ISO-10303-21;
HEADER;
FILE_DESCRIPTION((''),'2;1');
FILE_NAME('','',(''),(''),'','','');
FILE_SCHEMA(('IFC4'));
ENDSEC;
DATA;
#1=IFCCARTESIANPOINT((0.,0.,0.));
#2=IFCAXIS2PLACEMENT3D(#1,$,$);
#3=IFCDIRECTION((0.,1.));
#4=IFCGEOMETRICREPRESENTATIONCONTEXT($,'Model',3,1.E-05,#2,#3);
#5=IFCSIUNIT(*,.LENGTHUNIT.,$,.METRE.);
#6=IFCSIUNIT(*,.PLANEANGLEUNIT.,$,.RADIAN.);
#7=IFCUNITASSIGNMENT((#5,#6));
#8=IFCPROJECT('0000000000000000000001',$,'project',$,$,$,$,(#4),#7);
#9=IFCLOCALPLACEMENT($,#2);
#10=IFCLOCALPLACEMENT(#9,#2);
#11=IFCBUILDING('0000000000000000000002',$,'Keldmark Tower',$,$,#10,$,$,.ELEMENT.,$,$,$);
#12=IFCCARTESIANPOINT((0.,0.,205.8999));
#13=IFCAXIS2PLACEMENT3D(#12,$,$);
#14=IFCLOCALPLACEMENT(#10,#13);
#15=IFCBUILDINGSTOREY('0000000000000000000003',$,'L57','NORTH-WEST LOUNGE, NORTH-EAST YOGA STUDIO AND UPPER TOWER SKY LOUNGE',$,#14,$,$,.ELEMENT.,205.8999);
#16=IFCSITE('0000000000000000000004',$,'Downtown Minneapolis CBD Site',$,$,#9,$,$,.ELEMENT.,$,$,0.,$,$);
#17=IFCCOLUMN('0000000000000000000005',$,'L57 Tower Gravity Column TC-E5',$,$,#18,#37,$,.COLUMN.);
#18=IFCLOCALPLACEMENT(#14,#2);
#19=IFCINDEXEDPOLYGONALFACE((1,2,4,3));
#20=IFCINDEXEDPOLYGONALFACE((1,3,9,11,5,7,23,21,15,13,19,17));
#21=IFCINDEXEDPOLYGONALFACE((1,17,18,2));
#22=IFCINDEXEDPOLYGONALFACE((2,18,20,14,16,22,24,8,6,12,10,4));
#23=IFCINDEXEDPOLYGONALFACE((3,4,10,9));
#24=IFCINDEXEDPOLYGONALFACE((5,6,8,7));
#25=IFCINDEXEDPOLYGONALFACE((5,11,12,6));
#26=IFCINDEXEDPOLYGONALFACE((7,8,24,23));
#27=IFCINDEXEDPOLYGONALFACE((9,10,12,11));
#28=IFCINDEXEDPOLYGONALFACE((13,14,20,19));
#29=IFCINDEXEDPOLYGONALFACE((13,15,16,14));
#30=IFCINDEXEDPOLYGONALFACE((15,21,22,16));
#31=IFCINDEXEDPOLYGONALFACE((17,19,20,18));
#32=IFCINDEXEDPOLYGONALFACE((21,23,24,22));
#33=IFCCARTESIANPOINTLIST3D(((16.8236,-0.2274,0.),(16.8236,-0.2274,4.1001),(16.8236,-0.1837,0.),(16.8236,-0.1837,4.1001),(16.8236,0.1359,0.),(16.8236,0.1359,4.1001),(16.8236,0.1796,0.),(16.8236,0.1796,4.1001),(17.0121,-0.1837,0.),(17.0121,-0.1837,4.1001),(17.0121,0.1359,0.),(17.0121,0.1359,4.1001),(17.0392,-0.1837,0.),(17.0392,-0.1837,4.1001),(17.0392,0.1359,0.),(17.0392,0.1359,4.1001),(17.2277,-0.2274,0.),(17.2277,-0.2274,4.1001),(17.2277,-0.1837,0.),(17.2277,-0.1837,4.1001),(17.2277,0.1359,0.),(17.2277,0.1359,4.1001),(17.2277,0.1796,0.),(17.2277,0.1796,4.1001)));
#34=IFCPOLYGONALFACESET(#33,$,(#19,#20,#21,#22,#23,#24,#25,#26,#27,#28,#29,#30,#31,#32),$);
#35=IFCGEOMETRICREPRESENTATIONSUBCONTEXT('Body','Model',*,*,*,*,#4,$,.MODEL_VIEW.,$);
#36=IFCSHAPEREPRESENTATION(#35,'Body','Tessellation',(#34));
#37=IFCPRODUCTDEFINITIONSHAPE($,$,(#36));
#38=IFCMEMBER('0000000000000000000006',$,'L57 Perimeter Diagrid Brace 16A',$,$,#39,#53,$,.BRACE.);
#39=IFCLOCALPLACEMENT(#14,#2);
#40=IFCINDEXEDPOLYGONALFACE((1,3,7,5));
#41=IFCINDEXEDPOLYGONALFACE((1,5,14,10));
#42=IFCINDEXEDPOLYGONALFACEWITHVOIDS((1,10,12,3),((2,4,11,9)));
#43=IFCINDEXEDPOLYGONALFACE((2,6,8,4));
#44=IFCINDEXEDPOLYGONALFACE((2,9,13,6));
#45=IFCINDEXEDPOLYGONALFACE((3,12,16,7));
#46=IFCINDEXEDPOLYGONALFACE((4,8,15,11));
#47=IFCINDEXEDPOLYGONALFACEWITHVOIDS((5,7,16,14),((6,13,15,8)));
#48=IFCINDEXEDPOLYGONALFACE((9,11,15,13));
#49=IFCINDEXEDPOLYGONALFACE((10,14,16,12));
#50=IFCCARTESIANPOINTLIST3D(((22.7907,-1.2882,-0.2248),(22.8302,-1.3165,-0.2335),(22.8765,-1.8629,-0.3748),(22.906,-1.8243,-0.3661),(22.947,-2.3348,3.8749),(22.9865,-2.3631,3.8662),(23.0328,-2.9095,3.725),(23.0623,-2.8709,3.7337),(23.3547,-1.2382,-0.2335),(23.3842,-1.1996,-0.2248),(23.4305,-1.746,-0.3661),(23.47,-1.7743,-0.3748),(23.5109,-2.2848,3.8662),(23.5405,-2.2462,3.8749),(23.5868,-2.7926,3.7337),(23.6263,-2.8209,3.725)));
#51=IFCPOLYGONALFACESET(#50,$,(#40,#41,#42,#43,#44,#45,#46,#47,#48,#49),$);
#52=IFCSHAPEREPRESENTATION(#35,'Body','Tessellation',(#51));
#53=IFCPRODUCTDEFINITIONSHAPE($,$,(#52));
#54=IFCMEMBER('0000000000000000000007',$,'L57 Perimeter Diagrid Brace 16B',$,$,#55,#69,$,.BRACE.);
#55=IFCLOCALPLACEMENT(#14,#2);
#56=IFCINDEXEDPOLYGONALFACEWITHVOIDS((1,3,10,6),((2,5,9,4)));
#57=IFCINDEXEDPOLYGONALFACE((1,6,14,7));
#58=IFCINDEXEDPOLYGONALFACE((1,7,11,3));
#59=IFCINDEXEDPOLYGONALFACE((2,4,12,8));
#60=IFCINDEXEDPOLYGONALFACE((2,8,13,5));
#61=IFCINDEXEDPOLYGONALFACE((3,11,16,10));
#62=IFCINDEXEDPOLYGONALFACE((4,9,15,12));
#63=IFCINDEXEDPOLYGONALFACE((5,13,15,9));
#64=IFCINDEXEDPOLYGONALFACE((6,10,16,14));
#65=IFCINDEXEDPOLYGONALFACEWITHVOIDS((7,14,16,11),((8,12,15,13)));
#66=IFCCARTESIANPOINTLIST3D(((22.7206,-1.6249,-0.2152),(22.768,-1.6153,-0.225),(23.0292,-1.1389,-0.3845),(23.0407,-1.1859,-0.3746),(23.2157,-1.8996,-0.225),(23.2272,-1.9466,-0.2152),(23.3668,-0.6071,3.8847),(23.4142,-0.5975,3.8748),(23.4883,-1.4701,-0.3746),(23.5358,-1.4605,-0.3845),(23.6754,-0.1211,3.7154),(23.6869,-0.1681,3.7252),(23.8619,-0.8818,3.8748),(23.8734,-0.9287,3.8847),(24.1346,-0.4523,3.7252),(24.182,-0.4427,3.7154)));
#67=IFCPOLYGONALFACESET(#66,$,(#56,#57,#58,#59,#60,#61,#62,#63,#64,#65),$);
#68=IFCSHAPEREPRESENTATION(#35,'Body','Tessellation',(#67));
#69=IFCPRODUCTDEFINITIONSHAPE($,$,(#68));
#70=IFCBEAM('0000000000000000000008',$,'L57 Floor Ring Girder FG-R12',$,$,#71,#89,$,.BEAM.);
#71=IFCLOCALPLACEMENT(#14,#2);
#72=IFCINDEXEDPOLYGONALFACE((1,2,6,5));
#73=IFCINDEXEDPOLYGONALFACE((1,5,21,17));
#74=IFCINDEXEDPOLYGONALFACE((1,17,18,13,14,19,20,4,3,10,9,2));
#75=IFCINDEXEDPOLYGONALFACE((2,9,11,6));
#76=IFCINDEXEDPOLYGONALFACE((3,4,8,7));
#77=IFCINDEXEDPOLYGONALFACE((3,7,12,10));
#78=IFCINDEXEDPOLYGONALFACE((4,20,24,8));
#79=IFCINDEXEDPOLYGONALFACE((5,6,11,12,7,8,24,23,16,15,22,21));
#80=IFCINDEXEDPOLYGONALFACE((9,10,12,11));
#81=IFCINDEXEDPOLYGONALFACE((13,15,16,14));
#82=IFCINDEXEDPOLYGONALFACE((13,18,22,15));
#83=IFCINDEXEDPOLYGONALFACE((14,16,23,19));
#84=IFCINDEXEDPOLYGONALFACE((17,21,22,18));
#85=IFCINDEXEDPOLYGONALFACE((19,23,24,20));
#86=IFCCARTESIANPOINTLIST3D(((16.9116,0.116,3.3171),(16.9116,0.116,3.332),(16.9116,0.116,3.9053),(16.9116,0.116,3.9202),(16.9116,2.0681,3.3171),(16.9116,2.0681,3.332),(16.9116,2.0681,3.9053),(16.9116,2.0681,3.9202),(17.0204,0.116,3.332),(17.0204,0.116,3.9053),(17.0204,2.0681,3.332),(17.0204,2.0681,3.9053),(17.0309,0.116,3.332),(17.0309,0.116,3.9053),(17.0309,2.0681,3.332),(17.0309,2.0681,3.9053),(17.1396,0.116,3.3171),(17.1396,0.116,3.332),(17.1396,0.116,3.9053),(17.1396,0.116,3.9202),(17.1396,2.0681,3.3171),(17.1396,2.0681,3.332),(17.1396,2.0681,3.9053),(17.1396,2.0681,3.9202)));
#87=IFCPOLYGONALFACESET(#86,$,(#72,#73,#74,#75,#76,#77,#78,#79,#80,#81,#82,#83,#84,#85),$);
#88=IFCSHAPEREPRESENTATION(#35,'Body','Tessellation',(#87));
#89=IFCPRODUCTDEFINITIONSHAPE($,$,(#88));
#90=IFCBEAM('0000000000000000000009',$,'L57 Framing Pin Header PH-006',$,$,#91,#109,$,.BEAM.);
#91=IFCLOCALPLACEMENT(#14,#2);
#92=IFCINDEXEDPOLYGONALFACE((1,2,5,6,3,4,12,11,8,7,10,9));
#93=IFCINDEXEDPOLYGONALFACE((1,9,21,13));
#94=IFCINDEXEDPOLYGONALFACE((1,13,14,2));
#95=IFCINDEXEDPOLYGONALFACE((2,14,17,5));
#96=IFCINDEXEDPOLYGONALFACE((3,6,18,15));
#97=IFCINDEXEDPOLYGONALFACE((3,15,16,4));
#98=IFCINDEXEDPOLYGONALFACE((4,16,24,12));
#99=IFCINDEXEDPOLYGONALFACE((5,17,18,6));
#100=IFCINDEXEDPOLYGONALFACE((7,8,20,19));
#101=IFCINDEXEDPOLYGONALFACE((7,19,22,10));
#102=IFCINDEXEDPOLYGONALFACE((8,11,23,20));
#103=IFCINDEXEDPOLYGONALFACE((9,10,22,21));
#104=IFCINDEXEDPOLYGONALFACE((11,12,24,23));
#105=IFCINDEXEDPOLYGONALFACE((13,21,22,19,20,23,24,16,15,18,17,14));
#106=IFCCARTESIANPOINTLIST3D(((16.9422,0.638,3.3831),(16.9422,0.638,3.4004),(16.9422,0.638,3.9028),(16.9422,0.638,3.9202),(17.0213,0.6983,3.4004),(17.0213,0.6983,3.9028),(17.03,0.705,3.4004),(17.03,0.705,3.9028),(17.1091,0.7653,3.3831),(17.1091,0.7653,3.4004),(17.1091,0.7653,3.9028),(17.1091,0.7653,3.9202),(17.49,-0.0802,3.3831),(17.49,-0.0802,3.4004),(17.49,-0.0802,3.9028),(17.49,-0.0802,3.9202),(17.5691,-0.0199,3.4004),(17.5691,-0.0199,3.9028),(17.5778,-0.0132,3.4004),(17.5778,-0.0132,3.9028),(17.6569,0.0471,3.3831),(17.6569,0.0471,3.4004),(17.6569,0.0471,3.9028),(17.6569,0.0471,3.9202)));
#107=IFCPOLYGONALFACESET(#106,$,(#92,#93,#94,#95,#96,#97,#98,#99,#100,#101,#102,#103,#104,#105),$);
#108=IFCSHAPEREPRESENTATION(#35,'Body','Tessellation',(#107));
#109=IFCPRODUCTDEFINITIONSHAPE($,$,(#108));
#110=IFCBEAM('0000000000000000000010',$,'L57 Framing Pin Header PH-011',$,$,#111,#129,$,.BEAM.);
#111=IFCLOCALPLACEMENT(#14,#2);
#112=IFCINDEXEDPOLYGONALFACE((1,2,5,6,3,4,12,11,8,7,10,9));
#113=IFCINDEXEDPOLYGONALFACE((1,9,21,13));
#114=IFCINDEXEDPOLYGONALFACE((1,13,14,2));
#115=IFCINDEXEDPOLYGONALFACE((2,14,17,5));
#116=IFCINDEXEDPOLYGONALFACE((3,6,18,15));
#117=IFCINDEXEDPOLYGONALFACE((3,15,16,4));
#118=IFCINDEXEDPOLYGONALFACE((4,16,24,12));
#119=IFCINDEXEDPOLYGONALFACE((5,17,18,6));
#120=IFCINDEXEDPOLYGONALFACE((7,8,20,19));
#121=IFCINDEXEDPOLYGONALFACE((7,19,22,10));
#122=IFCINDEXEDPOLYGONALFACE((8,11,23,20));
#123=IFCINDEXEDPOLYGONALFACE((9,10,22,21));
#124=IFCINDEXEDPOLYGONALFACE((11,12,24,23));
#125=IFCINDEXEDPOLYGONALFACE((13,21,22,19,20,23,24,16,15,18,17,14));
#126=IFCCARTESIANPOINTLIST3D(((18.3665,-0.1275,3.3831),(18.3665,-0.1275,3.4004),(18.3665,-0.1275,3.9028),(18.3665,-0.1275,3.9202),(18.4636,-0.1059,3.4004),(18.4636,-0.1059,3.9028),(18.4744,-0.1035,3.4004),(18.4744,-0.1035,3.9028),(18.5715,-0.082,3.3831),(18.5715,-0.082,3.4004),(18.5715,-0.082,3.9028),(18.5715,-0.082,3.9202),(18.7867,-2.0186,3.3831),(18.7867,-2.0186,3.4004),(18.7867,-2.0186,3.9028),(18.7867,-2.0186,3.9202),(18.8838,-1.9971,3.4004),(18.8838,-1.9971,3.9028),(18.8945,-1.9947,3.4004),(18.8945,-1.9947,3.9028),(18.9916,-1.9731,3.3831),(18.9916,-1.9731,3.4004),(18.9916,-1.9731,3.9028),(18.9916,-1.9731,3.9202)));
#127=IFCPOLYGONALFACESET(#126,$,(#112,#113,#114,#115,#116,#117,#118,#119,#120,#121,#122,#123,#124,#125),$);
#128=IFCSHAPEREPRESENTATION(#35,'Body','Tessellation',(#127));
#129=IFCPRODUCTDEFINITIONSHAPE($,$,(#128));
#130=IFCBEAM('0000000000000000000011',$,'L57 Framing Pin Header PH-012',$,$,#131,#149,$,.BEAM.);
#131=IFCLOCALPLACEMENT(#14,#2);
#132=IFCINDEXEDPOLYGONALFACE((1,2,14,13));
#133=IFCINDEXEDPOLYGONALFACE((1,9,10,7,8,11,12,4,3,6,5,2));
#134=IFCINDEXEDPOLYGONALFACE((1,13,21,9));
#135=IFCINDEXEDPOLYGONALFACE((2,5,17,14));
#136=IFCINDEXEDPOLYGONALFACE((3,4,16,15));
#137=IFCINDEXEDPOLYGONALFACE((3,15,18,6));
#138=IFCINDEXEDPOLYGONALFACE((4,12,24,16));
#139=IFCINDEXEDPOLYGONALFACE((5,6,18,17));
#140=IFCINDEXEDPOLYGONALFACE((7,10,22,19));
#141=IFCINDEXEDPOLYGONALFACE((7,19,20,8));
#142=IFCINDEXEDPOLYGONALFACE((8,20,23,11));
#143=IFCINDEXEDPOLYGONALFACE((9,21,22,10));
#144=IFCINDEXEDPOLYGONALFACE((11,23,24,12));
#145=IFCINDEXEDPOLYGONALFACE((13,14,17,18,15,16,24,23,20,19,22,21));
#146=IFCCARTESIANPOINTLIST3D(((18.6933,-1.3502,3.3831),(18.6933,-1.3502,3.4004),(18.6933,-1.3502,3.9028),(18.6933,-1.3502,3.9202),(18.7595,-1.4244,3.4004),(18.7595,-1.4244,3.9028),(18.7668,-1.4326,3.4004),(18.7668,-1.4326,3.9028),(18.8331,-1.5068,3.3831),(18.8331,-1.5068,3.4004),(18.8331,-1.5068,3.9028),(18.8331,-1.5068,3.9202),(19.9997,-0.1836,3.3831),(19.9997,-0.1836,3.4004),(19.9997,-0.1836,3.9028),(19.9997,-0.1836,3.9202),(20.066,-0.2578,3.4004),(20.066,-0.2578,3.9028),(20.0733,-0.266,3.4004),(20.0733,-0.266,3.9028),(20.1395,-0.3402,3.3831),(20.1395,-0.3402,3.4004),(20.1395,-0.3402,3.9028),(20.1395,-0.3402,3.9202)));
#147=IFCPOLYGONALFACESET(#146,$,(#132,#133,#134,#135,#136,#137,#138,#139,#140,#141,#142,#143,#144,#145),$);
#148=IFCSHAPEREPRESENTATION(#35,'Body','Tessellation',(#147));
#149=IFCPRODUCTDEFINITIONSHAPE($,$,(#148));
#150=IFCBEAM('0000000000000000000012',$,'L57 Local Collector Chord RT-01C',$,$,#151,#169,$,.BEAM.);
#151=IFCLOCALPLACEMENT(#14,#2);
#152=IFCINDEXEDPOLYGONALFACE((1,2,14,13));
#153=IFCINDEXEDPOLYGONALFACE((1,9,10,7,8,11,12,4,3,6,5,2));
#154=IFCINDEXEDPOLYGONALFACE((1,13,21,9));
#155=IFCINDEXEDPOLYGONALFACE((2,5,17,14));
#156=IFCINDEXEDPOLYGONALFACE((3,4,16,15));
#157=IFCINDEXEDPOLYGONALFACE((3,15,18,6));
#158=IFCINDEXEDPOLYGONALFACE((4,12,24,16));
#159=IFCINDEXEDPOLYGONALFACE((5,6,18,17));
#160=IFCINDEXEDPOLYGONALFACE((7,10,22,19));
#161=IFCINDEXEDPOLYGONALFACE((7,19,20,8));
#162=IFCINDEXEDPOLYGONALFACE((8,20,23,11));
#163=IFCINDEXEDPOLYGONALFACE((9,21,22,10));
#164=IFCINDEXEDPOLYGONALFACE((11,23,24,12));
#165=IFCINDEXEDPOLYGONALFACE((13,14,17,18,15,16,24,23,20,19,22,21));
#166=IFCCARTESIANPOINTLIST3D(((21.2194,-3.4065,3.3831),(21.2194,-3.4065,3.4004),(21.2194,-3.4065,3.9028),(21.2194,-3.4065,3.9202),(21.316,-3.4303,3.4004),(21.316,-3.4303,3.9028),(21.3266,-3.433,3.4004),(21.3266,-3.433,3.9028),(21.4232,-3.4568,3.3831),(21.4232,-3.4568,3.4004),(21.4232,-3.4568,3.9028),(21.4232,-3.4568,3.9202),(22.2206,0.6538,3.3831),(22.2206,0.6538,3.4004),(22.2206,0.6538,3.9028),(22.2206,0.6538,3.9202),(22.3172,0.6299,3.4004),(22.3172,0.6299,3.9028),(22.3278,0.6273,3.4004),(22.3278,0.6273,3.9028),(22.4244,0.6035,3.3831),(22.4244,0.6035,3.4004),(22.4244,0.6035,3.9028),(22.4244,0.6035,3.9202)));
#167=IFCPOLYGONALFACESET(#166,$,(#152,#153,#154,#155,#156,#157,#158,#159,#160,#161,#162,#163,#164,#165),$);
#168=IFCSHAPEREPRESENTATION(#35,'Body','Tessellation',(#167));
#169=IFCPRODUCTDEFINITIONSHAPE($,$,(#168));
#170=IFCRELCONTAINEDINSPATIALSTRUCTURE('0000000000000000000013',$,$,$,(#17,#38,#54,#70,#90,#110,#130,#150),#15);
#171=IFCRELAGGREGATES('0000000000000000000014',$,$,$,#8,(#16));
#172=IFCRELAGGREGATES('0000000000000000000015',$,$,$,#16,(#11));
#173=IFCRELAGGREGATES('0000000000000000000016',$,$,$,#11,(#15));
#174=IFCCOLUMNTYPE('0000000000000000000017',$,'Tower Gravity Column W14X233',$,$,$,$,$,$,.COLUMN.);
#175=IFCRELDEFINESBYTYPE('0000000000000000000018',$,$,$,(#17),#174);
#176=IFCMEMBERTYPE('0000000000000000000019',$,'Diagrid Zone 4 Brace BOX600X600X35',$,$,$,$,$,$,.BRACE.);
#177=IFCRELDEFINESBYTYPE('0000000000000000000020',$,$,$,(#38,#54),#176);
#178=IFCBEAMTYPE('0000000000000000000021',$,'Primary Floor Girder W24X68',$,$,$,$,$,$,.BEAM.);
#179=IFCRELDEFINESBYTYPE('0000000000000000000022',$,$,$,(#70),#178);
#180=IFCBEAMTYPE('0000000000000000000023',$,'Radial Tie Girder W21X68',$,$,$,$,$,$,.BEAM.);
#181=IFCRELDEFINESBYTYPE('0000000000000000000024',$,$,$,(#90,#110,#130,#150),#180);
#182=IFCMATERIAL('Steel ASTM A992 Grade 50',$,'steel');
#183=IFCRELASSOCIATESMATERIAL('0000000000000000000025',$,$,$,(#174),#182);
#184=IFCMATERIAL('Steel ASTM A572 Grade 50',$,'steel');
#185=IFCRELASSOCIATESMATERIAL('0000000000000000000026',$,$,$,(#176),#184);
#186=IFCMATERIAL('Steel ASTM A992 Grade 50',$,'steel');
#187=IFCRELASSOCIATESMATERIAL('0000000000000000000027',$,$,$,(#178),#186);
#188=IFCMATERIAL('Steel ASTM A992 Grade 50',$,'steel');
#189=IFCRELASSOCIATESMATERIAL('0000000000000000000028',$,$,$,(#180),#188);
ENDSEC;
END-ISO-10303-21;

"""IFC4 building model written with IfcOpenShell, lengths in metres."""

from ifc_helpers import new_model, si_unit, direction, frame, origin, origin_2d, place, context, subcontext, project, spatial, hollow_rectangle, i_section, extrude, material, material_profile, profile_set, type_object, element, save


model = new_model("IFC4")

# Units and contexts
model_context = context("Model", 3, precision=1e-05, world=origin(), true_north=direction((0.0, 1.0)))
body_context = subcontext(model_context, "Body", "Model", "MODEL_VIEW")
ifc_project = project(units=[si_unit("LENGTHUNIT", "METRE"), si_unit("PLANEANGLEUNIT", "RADIAN")], contexts=[model_context])

# Site, building, storey
site_placement = place(None, origin())
site = spatial("IfcSite", under=ifc_project, at=site_placement, Name="Downtown Minneapolis CBD Site", CompositionType="ELEMENT", RefElevation=0.0)
building_placement = place(site_placement, origin())
building = spatial("IfcBuilding", under=site, at=building_placement, Name="Keldmark Tower", CompositionType="ELEMENT")
storey_placement = place(building_placement, frame((0.0, 0.0, 205.8999)))
storey = spatial("IfcBuildingStorey", under=building, at=storey_placement, Name="L57", Description="NORTH-WEST LOUNGE, NORTH-EAST YOGA STUDIO AND UPPER TOWER SKY LOUNGE", CompositionType="ELEMENT", Elevation=205.8999)

# Column
ifc_material_1 = material(Name="Steel ASTM A992 Grade 50", Category="steel")
ifc_material_profile_1 = material_profile(ifc_material_1, i_section(OverallWidth=0.4041, OverallDepth=0.407, WebThickness=0.0271, FlangeThickness=0.0437, at=origin_2d()), Name="W14X233")
ifc_profile_set_1 = profile_set([ifc_material_profile_1], Name="Steel ASTM A992 Grade 50")
column_type = type_object("IfcColumnType", Name="Tower Gravity Column W14X233", PredefinedType="COLUMN", material=ifc_profile_set_1)
column_placement = place(storey_placement, frame((17.0256, -0.0239, 0.0), z_axis=(0.0, 0.0, 1.0), x_axis=(1.0, 0.0, 0.0)))
element("IfcColumn", 1, at=column_placement, inside=storey, type_object=column_type, Name="L57 Tower Gravity Column TC-E5", PredefinedType="COLUMN", context=body_context, shape_type="SweptSolid", body=[
    extrude(i_section(OverallWidth=0.4041, OverallDepth=0.407, WebThickness=0.0271, FlangeThickness=0.0437, at=origin_2d()), origin(), (0.0, 0.0, 1.0), 4.1001),
])

# Members
ifc_material_2 = material(Name="Steel ASTM A572 Grade 50", Category="steel")
ifc_material_profile_2 = material_profile(ifc_material_2, hollow_rectangle(XDim=0.6001, YDim=0.6001, WallThickness=0.0349, at=origin_2d()), Name="BOX600X600X35")
ifc_profile_set_2 = profile_set([ifc_material_profile_2], Name="Steel ASTM A572 Grade 50")
member_type = type_object("IfcMemberType", Name="Diagrid Zone 4 Brace BOX600X600X35", PredefinedType="BRACE", material=ifc_profile_set_2)
member_1_placement = place(storey_placement, frame((23.1304, -1.5312, -0.2998), z_axis=(0.036902, -0.247184, 0.968266), x_axis=(0.989039, 0.147652, 0.0)))
element("IfcMember", 2, at=member_1_placement, inside=storey, type_object=member_type, Name="L57 Perimeter Diagrid Brace 16A", PredefinedType="BRACE", context=body_context, shape_type="SweptSolid", body=[
    extrude(hollow_rectangle(XDim=0.6001, YDim=0.6001, WallThickness=0.0349, at=origin_2d()), origin(), (0.0, 0.0, 1.0), 4.2341),
])
member_2_placement = place(storey_placement, frame((23.1282, -1.5427, -0.2998), z_axis=(0.151222, 0.238173, 0.959378), x_axis=(-0.844211, 0.53601, 0.0)))
element("IfcMember", 3, at=member_2_placement, inside=storey, type_object=member_type, Name="L57 Perimeter Diagrid Brace 16B", PredefinedType="BRACE", context=body_context, shape_type="SweptSolid", body=[
    extrude(hollow_rectangle(XDim=0.6001, YDim=0.6001, WallThickness=0.0349, at=origin_2d()), origin(), (0.0, 0.0, 1.0), 4.2734),
])

# Beams
ifc_material_3 = material(Name="Steel ASTM A992 Grade 50", Category="steel")
ifc_material_profile_3 = material_profile(ifc_material_3, i_section(OverallWidth=0.228, OverallDepth=0.603, WebThickness=0.0105, FlangeThickness=0.0149, at=origin_2d()), Name="W24X68")
ifc_profile_set_3 = profile_set([ifc_material_profile_3], Name="Steel ASTM A992 Grade 50")
beam_type_1 = type_object("IfcBeamType", Name="Primary Floor Girder W24X68", PredefinedType="BEAM", material=ifc_profile_set_3)
beam_1_placement = place(storey_placement, frame((17.0256, 0.116, 3.6187), z_axis=(0.0, 1.0, 0.0), x_axis=(-1.0, 0.0, 0.0)))
element("IfcBeam", 4, at=beam_1_placement, inside=storey, type_object=beam_type_1, Name="L57 Floor Ring Girder FG-R12", PredefinedType="BEAM", context=body_context, shape_type="SweptSolid", body=[
    extrude(i_section(OverallWidth=0.228, OverallDepth=0.603, WebThickness=0.0105, FlangeThickness=0.0149, at=origin_2d()), origin(), (0.0, 0.0, 1.0), 1.9521),
])
ifc_material_4 = material(Name="Steel ASTM A992 Grade 50", Category="steel")
ifc_material_profile_4 = material_profile(ifc_material_4, i_section(OverallWidth=0.21, OverallDepth=0.5371, WebThickness=0.011, FlangeThickness=0.0173, at=origin_2d()), Name="W21X68")
ifc_profile_set_4 = profile_set([ifc_material_profile_4], Name="Steel ASTM A992 Grade 50")
beam_type_2 = type_object("IfcBeamType", Name="Radial Tie Girder W21X68", PredefinedType="BEAM", material=ifc_profile_set_4)
beam_2_placement = place(storey_placement, frame((17.0256, 0.7017, 3.6516), z_axis=(0.606467, -0.795109, 0.0), x_axis=(0.795109, 0.606467, 0.0)))
element("IfcBeam", 5, at=beam_2_placement, inside=storey, type_object=beam_type_2, Name="L57 Framing Pin Header PH-006", PredefinedType="BEAM", context=body_context, shape_type="SweptSolid", body=[
    extrude(i_section(OverallWidth=0.21, OverallDepth=0.5371, WebThickness=0.011, FlangeThickness=0.0173, at=origin_2d()), origin(), (0.0, 0.0, 1.0), 0.9033),
])
beam_3_placement = place(storey_placement, frame((18.469, -0.1047, 3.6516), z_axis=(0.21689, -0.976196, 0.0), x_axis=(0.976196, 0.21689, 0.0)))
element("IfcBeam", 6, at=beam_3_placement, inside=storey, type_object=beam_type_2, Name="L57 Framing Pin Header PH-011", PredefinedType="BEAM", context=body_context, shape_type="SweptSolid", body=[
    extrude(i_section(OverallWidth=0.21, OverallDepth=0.5371, WebThickness=0.011, FlangeThickness=0.0173, at=origin_2d()), origin(), (0.0, 0.0, 1.0), 1.9373),
])
beam_4_placement = place(storey_placement, frame((18.7632, -1.4285, 3.6516), z_axis=(0.745915, 0.666041, 0.0), x_axis=(-0.666041, 0.745915, 0.0)))
element("IfcBeam", 7, at=beam_4_placement, inside=storey, type_object=beam_type_2, Name="L57 Framing Pin Header PH-012", PredefinedType="BEAM", context=body_context, shape_type="SweptSolid", body=[
    extrude(i_section(OverallWidth=0.21, OverallDepth=0.5371, WebThickness=0.011, FlangeThickness=0.0173, at=origin_2d()), origin(), (0.0, 0.0, 1.0), 1.7515),
])
beam_5_placement = place(storey_placement, frame((21.3213, -3.4316, 3.6516), z_axis=(0.239416, 0.970917, 0.0), x_axis=(-0.970917, 0.239416, 0.0)))
element("IfcBeam", 8, at=beam_5_placement, inside=storey, type_object=beam_type_2, Name="L57 Local Collector Chord RT-01C", PredefinedType="BEAM", context=body_context, shape_type="SweptSolid", body=[
    extrude(i_section(OverallWidth=0.21, OverallDepth=0.5371, WebThickness=0.011, FlangeThickness=0.0173, at=origin_2d()), origin(), (0.0, 0.0, 1.0), 4.1819),
])

save(model, "model.ifc")
